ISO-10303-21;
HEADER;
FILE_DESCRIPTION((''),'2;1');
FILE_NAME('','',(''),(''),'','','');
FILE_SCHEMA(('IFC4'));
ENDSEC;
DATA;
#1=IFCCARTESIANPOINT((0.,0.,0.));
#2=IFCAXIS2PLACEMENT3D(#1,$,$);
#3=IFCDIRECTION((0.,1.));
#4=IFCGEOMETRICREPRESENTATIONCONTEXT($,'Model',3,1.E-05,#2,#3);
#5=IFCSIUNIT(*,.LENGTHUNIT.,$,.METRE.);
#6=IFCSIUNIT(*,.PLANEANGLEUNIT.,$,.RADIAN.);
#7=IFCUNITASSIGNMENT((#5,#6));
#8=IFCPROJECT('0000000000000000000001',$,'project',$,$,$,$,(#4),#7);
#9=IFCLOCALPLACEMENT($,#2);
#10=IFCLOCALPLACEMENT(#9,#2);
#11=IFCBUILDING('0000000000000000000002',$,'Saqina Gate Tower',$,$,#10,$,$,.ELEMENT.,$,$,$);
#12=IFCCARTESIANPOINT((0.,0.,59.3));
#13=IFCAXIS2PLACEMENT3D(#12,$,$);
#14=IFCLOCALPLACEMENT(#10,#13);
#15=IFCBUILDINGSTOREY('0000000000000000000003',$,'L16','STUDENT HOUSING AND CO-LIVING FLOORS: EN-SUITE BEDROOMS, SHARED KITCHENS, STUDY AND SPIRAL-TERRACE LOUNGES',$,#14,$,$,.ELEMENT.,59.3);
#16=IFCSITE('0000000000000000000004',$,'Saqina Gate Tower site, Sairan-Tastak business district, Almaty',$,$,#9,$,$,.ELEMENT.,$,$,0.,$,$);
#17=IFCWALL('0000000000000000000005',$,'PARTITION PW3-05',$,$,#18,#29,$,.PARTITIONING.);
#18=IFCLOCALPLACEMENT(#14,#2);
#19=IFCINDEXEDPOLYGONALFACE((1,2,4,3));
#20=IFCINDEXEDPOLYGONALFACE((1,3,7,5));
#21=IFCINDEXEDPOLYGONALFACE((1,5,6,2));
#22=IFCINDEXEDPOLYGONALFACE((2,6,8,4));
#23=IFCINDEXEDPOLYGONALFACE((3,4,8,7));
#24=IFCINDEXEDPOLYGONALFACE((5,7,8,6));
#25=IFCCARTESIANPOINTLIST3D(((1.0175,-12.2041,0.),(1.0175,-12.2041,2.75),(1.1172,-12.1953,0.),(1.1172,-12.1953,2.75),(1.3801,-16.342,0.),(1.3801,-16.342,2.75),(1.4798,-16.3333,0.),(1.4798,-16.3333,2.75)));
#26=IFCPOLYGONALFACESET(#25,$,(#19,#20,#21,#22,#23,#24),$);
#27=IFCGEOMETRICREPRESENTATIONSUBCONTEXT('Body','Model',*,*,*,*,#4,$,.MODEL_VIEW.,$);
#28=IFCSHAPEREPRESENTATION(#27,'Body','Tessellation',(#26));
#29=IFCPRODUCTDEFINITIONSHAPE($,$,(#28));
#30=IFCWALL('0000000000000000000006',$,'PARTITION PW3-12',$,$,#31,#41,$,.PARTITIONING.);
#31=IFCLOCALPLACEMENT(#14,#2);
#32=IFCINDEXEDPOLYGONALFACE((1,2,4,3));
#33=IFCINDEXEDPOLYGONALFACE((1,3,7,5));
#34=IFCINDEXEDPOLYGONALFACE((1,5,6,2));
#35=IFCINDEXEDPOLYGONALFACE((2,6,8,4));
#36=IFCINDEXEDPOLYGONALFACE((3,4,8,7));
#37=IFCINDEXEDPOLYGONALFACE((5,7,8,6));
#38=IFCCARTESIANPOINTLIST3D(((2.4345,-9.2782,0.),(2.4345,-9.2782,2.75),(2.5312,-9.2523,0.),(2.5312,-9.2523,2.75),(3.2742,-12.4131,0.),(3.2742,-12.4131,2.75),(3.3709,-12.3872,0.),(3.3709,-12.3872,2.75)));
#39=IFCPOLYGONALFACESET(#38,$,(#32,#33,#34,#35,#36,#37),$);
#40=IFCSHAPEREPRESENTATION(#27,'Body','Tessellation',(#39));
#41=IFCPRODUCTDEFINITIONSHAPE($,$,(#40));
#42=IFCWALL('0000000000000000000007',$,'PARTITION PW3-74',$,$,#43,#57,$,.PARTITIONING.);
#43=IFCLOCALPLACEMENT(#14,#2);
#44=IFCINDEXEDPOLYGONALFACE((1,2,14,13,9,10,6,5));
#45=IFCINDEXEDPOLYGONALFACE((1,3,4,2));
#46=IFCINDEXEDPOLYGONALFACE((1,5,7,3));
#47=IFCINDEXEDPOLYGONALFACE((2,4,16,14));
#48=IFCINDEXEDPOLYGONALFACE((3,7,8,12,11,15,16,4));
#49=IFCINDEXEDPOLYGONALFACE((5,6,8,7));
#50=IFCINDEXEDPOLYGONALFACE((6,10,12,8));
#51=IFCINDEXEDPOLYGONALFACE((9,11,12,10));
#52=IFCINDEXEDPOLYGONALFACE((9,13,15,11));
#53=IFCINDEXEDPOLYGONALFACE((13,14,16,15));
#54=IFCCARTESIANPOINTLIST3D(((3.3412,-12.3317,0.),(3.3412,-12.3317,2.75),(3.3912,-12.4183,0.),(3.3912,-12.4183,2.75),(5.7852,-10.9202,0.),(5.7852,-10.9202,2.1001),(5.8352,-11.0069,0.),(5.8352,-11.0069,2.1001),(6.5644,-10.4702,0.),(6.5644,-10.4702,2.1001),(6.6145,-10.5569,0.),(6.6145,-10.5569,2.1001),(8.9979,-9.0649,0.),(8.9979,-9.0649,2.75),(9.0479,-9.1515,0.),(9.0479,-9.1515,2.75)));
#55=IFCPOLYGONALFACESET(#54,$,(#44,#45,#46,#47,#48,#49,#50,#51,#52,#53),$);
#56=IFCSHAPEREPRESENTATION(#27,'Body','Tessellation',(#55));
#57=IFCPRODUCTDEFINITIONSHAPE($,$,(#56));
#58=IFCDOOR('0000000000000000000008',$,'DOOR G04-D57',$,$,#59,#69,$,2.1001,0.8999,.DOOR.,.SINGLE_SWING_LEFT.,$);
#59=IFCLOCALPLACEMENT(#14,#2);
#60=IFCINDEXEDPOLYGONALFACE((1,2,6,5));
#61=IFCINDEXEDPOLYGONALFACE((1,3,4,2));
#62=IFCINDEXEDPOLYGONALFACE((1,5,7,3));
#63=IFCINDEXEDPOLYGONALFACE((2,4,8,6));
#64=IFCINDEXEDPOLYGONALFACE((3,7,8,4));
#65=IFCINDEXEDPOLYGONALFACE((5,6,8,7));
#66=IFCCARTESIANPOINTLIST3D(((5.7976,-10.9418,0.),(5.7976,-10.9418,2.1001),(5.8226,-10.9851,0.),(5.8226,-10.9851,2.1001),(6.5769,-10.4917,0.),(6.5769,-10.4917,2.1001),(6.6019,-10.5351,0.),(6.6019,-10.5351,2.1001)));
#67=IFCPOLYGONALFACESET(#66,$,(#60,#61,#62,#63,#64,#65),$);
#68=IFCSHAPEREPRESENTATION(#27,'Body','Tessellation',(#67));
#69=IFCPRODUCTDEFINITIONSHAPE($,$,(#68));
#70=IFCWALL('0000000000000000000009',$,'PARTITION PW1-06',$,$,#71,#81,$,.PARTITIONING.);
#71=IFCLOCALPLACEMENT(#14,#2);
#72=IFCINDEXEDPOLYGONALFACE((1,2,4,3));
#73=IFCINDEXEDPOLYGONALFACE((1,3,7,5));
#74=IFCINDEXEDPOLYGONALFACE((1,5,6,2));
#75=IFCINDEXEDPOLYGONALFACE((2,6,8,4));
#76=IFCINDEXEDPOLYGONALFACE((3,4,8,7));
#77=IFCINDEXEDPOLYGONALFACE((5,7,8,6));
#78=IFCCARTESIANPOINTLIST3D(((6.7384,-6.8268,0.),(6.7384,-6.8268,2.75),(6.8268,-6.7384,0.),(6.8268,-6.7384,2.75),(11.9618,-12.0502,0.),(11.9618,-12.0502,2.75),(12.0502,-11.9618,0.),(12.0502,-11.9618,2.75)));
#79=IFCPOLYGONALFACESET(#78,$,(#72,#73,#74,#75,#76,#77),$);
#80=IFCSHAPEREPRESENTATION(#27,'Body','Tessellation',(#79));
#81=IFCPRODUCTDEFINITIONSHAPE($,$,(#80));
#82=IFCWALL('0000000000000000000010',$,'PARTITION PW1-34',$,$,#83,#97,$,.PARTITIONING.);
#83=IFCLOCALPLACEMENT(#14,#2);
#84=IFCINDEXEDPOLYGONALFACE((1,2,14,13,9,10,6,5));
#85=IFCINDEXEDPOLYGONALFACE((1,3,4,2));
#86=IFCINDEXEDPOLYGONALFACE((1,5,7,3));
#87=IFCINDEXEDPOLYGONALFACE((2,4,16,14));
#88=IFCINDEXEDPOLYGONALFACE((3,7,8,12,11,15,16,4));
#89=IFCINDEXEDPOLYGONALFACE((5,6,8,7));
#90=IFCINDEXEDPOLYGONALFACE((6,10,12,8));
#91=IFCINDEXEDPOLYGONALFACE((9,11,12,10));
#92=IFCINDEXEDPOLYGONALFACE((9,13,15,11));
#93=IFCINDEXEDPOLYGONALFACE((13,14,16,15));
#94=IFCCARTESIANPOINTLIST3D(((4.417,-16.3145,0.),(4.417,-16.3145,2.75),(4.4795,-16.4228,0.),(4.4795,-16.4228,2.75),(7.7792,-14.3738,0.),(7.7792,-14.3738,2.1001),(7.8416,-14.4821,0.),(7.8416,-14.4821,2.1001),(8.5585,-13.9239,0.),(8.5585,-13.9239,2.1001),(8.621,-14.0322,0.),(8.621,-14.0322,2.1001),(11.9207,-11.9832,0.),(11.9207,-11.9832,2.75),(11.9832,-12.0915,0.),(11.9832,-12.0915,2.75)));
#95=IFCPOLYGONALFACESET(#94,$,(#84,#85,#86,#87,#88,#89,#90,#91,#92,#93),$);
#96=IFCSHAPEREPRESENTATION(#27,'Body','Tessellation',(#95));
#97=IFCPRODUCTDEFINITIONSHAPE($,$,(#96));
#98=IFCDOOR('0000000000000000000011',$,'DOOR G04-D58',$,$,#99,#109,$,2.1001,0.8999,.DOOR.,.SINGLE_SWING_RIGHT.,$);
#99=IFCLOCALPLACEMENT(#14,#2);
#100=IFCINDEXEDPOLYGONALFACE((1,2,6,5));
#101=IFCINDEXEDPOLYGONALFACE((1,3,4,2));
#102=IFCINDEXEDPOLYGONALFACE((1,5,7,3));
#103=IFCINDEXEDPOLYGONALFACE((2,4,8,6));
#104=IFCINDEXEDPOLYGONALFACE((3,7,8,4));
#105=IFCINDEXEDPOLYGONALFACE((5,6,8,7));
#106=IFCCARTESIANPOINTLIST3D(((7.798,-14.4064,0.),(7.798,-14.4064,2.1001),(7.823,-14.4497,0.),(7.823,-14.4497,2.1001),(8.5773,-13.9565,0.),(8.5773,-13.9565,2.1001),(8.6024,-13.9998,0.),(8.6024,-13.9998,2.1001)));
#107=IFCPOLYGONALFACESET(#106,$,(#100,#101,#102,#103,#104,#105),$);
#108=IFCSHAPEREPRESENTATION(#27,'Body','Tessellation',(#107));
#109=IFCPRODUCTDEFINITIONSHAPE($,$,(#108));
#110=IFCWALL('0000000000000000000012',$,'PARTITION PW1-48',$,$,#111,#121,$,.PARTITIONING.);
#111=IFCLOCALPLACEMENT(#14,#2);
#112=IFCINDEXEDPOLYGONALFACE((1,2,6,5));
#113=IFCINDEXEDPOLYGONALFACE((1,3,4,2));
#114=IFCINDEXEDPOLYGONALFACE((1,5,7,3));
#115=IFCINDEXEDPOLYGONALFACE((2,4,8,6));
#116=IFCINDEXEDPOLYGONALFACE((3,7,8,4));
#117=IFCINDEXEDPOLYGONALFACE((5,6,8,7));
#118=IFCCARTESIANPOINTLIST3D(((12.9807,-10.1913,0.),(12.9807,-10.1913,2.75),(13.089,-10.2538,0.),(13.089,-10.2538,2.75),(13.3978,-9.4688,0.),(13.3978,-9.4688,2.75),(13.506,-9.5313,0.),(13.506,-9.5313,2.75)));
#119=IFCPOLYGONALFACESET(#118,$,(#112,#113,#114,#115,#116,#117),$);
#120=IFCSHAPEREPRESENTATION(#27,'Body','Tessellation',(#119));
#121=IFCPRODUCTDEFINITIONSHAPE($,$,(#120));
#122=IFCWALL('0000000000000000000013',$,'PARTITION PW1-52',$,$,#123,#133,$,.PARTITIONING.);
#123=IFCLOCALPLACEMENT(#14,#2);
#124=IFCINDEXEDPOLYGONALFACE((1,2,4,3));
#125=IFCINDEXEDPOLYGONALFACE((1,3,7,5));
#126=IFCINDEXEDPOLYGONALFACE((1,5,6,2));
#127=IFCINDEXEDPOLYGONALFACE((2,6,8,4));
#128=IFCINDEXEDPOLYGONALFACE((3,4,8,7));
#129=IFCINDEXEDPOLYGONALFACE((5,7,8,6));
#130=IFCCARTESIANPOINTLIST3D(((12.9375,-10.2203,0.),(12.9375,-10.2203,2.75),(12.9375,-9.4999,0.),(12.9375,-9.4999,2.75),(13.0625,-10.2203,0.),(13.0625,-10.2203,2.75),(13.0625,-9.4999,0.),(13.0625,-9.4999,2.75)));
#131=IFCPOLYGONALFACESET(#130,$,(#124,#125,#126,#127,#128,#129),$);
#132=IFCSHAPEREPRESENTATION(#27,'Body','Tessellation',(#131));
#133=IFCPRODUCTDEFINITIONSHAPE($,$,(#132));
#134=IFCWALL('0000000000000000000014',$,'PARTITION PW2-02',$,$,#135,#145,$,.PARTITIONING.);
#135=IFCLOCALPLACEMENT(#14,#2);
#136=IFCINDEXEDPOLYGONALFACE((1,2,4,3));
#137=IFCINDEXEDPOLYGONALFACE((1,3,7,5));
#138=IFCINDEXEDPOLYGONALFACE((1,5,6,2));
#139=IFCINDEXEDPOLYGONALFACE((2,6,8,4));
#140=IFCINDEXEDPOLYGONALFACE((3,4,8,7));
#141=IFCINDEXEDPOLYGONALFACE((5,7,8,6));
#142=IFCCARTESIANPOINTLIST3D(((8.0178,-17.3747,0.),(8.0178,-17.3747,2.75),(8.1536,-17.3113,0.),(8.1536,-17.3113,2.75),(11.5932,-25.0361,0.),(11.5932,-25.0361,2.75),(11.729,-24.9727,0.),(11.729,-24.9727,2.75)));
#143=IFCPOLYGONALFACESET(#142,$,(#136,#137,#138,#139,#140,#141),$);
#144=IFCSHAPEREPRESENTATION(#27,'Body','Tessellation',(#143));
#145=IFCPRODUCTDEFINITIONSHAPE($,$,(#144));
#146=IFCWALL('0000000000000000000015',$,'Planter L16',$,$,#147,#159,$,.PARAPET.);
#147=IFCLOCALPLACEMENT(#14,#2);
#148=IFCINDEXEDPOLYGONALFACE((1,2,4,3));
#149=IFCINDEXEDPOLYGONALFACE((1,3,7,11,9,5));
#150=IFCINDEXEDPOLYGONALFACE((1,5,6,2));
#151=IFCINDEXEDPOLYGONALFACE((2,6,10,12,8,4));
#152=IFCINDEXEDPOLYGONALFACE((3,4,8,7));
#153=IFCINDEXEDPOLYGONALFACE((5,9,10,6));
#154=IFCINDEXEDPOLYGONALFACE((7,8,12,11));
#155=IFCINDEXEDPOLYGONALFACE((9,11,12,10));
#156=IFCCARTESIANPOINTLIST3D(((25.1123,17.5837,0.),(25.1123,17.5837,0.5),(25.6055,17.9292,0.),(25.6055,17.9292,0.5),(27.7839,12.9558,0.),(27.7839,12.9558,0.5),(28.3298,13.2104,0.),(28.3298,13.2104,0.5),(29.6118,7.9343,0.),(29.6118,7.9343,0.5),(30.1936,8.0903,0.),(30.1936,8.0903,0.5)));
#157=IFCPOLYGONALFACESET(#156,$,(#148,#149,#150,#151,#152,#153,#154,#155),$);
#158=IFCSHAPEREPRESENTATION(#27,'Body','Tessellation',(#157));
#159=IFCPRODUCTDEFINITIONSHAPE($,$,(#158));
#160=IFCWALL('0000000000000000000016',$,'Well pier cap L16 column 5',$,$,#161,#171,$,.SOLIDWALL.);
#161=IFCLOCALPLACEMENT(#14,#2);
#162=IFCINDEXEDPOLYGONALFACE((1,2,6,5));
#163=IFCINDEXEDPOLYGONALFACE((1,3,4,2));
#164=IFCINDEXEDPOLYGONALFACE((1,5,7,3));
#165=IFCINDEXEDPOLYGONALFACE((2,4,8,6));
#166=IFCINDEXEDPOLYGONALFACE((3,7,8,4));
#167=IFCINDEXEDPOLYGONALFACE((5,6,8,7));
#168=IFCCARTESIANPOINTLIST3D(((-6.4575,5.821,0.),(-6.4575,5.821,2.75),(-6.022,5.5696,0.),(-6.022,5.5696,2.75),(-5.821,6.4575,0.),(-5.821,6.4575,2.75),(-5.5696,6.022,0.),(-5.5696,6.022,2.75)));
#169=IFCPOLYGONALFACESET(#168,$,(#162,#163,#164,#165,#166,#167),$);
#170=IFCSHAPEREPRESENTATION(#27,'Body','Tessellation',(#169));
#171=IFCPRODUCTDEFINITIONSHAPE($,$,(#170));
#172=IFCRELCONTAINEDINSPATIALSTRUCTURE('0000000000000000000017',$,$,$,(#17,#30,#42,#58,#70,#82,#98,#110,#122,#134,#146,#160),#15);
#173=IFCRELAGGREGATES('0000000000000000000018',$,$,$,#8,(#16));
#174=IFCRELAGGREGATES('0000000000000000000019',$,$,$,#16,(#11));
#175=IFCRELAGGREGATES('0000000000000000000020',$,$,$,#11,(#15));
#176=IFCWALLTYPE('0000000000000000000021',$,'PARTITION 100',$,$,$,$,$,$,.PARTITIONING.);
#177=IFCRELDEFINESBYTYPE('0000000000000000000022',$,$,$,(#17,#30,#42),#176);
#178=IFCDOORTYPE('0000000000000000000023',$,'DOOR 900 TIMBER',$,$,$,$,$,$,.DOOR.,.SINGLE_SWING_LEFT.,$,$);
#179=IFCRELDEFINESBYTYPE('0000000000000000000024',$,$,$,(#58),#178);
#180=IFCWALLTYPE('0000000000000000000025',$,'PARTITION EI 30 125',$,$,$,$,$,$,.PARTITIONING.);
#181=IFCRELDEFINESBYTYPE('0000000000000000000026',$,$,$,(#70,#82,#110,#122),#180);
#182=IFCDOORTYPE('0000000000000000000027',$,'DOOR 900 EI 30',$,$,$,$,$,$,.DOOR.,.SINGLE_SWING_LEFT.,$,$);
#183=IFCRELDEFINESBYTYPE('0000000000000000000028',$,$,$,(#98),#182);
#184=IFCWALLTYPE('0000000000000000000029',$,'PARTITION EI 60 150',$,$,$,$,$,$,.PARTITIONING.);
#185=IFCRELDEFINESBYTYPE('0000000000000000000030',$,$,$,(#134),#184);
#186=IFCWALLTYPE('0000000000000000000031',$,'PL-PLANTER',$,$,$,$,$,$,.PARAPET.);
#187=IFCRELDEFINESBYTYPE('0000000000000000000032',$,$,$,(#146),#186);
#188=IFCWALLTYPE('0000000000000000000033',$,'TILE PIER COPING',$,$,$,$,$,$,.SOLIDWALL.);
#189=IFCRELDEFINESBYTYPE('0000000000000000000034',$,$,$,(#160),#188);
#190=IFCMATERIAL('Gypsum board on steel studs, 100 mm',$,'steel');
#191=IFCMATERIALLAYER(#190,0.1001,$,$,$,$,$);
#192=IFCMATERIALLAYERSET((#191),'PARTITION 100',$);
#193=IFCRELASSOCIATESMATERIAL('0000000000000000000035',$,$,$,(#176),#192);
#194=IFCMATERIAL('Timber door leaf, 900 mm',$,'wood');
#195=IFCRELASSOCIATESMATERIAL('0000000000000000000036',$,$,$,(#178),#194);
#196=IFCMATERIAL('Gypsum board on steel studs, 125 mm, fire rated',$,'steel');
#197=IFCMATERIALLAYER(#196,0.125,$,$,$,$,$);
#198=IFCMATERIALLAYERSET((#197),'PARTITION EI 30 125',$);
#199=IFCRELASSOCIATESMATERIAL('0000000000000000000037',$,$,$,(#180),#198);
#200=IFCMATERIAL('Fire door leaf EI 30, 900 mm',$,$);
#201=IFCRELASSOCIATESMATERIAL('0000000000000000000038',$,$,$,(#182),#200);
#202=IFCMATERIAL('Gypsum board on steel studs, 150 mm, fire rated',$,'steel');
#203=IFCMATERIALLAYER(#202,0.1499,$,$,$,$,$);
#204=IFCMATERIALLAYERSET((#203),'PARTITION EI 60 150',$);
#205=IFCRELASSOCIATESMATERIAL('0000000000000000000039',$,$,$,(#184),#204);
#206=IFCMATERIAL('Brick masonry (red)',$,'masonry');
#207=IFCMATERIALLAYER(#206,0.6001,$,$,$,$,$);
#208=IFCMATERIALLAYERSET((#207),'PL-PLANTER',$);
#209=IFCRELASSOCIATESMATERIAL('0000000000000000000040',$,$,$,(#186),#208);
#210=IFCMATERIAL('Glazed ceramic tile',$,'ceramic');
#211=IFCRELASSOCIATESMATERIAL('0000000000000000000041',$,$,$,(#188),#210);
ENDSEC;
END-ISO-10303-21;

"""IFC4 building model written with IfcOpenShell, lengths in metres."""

from ifc_helpers import new_model, si_unit, direction, frame, frame_2d, origin, place, context, subcontext, project, spatial, polyline, rectangle, outline, extrude, material, layer, layer_set, type_object, element, fill, save


model = new_model("IFC4")

# Units and contexts
model_context = context("Model", 3, precision=1e-05, world=origin(), true_north=direction((0.0, 1.0)))
body_context = subcontext(model_context, "Body", "Model", "MODEL_VIEW")
ifc_project = project(units=[si_unit("LENGTHUNIT", "METRE"), si_unit("PLANEANGLEUNIT", "RADIAN")], contexts=[model_context])

# Site, building, storey
site_placement = place(None, origin())
site = spatial("IfcSite", under=ifc_project, at=site_placement, Name="Saqina Gate Tower site, Sairan-Tastak business district, Almaty", CompositionType="ELEMENT", RefElevation=0.0)
building_placement = place(site_placement, origin())
building = spatial("IfcBuilding", under=site, at=building_placement, Name="Saqina Gate Tower", CompositionType="ELEMENT")
storey_placement = place(building_placement, frame((0.0, 0.0, 59.3)))
storey = spatial("IfcBuildingStorey", under=building, at=storey_placement, Name="L16", Description="STUDENT HOUSING AND CO-LIVING FLOORS: EN-SUITE BEDROOMS, SHARED KITCHENS, STUDY AND SPIRAL-TERRACE LOUNGES", CompositionType="ELEMENT", Elevation=59.3)

# Walls
ifc_material_1 = material(Name="Gypsum board on steel studs, 100 mm", Category="steel")
ifc_layer_1 = layer(ifc_material_1, 0.1001)
ifc_layer_set_1 = layer_set([ifc_layer_1], Name="PARTITION 100")
wall_type_1 = type_object("IfcWallType", Name="PARTITION 100", PredefinedType="PARTITIONING", material=ifc_layer_set_1)
wall_1_placement = place(storey_placement, frame((1.0674, -12.1997, 0.0), z_axis=(0.0, 0.0, 1.0), x_axis=(0.087281, -0.996184, 0.0)))
element("IfcWall", 1, at=wall_1_placement, inside=storey, type_object=wall_type_1, Name="PARTITION PW3-05", PredefinedType="PARTITIONING", context=body_context, shape_type="SweptSolid", body=[
    extrude(rectangle(XDim=4.1538, YDim=0.1001, at=frame_2d((2.0769, 0.0))), origin(), (0.0, 0.0, 1.0), 2.75),
])
wall_2_placement = place(storey_placement, frame((2.4829, -9.2654, 0.0), z_axis=(0.0, 0.0, 1.0), x_axis=(0.258716, -0.965953, 0.0)))
element("IfcWall", 2, at=wall_2_placement, inside=storey, type_object=wall_type_1, Name="PARTITION PW3-12", PredefinedType="PARTITIONING", context=body_context, shape_type="SweptSolid", body=[
    extrude(rectangle(XDim=3.2454, YDim=0.1001, at=frame_2d((1.6226, 0.0))), origin(), (0.0, 0.0, 1.0), 2.75),
])

# Wall, opening, door
wall_3_placement = place(storey_placement, frame((3.3662, -12.375, 0.0), z_axis=(0.0, 0.0, 1.0), x_axis=(0.865964, 0.500106, 0.0)))
wall_3 = element("IfcWall", 3, at=wall_3_placement, inside=storey, type_object=wall_type_1, Name="PARTITION PW3-74", PredefinedType="PARTITIONING", context=body_context, shape_type="SweptSolid", body=[
    extrude(rectangle(XDim=6.5322, YDim=0.1001, at=frame_2d((3.2661, 0.0))), origin(), (0.0, 0.0, 1.0), 2.75),
])
opening_1_placement = place(wall_3_placement, frame((2.8223, 0.0, 0.0)))
opening_1 = element("IfcOpeningElement", 4, at=opening_1_placement, cuts=wall_3, PredefinedType="OPENING", context=body_context, shape_type="SweptSolid", body=[
    extrude(rectangle(XDim=0.8999, YDim=2.1001, at=frame_2d((0.45, 1.05))), frame((0.0, 0.062, 0.0), z_axis=(0.0, -1.0, 0.0), x_axis=(1.0, 0.0, 0.0)), (0.0, 0.0, 1.0), 0.124),
])
ifc_material_2 = material(Name="Timber door leaf, 900 mm", Category="wood")
door_type_1 = type_object("IfcDoorType", Name="DOOR 900 TIMBER", OperationType="SINGLE_SWING_LEFT", PredefinedType="DOOR", material=ifc_material_2)
door_1_placement = place(opening_1_placement, frame((0.8999, 0.0, 0.0), z_axis=(0.0, 0.0, 1.0), x_axis=(-1.0, 0.0, 0.0)))
door_1 = element("IfcDoor", 5, at=door_1_placement, inside=storey, type_object=door_type_1, Name="DOOR G04-D57", OperationType="SINGLE_SWING_LEFT", OverallHeight=2.1001, OverallWidth=0.8999, PredefinedType="DOOR", context=body_context, shape_type="SweptSolid", body=[
    extrude(rectangle(XDim=0.8999, YDim=2.1001, at=frame_2d((0.45, 1.05))), frame((0.0, 0.0249, 0.0), z_axis=(0.0, -1.0, 0.0), x_axis=(1.0, 0.0, 0.0)), (0.0, 0.0, 1.0), 0.05),
])
fill(opening_1, door_1)

# Wall
ifc_material_3 = material(Name="Gypsum board on steel studs, 125 mm, fire rated", Category="steel")
ifc_layer_2 = layer(ifc_material_3, 0.125)
ifc_layer_set_2 = layer_set([ifc_layer_2], Name="PARTITION EI 30 125")
wall_type_2 = type_object("IfcWallType", Name="PARTITION EI 30 125", PredefinedType="PARTITIONING", material=ifc_layer_set_2)
wall_4_placement = place(storey_placement, frame((6.7827, -6.7827, 0.0), z_axis=(0.0, 0.0, 1.0), x_axis=(0.707107, -0.707107, 0.0)))
element("IfcWall", 6, at=wall_4_placement, inside=storey, type_object=wall_type_2, Name="PARTITION PW1-06", PredefinedType="PARTITIONING", context=body_context, shape_type="SweptSolid", body=[
    extrude(rectangle(XDim=7.387, YDim=0.125, at=frame_2d((3.6934, 0.0))), origin(), (0.0, 0.0, 1.0), 2.75),
])

# Wall, opening, door
wall_5_placement = place(storey_placement, frame((4.4482, -16.3687, 0.0), z_axis=(0.0, 0.0, 1.0), x_axis=(0.866073, 0.499918, 0.0)))
wall_5 = element("IfcWall", 7, at=wall_5_placement, inside=storey, type_object=wall_type_2, Name="PARTITION PW1-34", PredefinedType="PARTITIONING", context=body_context, shape_type="SweptSolid", body=[
    extrude(rectangle(XDim=8.6641, YDim=0.125, at=frame_2d((4.332, 0.0))), origin(), (0.0, 0.0, 1.0), 2.75),
])
opening_2_placement = place(wall_5_placement, frame((3.8821, 0.0, 0.0)))
opening_2 = element("IfcOpeningElement", 8, at=opening_2_placement, cuts=wall_5, PredefinedType="OPENING", context=body_context, shape_type="SweptSolid", body=[
    extrude(rectangle(XDim=0.8999, YDim=2.1001, at=frame_2d((0.45, 1.05))), frame((0.0, 0.0745, 0.0), z_axis=(0.0, -1.0, 0.0), x_axis=(1.0, 0.0, 0.0)), (0.0, 0.0, 1.0), 0.1489),
])
ifc_material_4 = material(Name="Fire door leaf EI 30, 900 mm")
door_type_2 = type_object("IfcDoorType", Name="DOOR 900 EI 30", OperationType="SINGLE_SWING_LEFT", PredefinedType="DOOR", material=ifc_material_4)
door_2_placement = place(opening_2_placement, origin())
door_2 = element("IfcDoor", 9, at=door_2_placement, inside=storey, type_object=door_type_2, Name="DOOR G04-D58", OperationType="SINGLE_SWING_RIGHT", OverallHeight=2.1001, OverallWidth=0.8999, PredefinedType="DOOR", context=body_context, shape_type="SweptSolid", body=[
    extrude(rectangle(XDim=0.8999, YDim=2.1001, at=frame_2d((0.45, 1.05))), frame((0.0, 0.0249, 0.0), z_axis=(0.0, -1.0, 0.0), x_axis=(1.0, 0.0, 0.0)), (0.0, 0.0, 1.0), 0.05),
])
fill(opening_2, door_2)

# Walls
wall_6_placement = place(storey_placement, frame((13.0349, -10.2224, 0.0), z_axis=(0.0, 0.0, 1.0), x_axis=(0.499917, 0.866073, 0.0)))
element("IfcWall", 10, at=wall_6_placement, inside=storey, type_object=wall_type_2, Name="PARTITION PW1-48", PredefinedType="PARTITIONING", context=body_context, shape_type="SweptSolid", body=[
    extrude(rectangle(XDim=0.8342, YDim=0.125, at=frame_2d((0.417, 0.0))), origin(), (0.0, 0.0, 1.0), 2.75),
])
wall_7_placement = place(storey_placement, frame((13.0, -10.2205, 0.0), z_axis=(0.0, 0.0, 1.0), x_axis=(0.0, 1.0, 0.0)))
element("IfcWall", 11, at=wall_7_placement, inside=storey, type_object=wall_type_2, Name="PARTITION PW1-52", PredefinedType="PARTITIONING", context=body_context, shape_type="SweptSolid", body=[
    extrude(rectangle(XDim=0.7205, YDim=0.125, at=frame_2d((0.3604, 0.0))), origin(), (0.0, 0.0, 1.0), 2.75),
])
ifc_material_5 = material(Name="Gypsum board on steel studs, 150 mm, fire rated", Category="steel")
ifc_layer_3 = layer(ifc_material_5, 0.1499)
ifc_layer_set_3 = layer_set([ifc_layer_3], Name="PARTITION EI 60 150")
wall_type_3 = type_object("IfcWallType", Name="PARTITION EI 60 150", PredefinedType="PARTITIONING", material=ifc_layer_set_3)
wall_8_placement = place(storey_placement, frame((8.0857, -17.343, 0.0), z_axis=(0.0, 0.0, 1.0), x_axis=(0.422898, -0.906177, 0.0)))
element("IfcWall", 12, at=wall_8_placement, inside=storey, type_object=wall_type_3, Name="PARTITION PW2-02", PredefinedType="PARTITIONING", context=body_context, shape_type="SweptSolid", body=[
    extrude(rectangle(XDim=8.4546, YDim=0.1499, at=frame_2d((4.2273, 0.0))), origin(), (0.0, 0.0, 1.0), 2.75),
])
ifc_material_6 = material(Name="Brick masonry (red)", Category="masonry")
ifc_layer_4 = layer(ifc_material_6, 0.6001)
ifc_layer_set_4 = layer_set([ifc_layer_4], Name="PL-PLANTER")
wall_type_4 = type_object("IfcWallType", Name="PL-PLANTER", PredefinedType="PARAPET", material=ifc_layer_set_4)
wall_9_placement = place(storey_placement, origin())
element("IfcWall", 13, at=wall_9_placement, inside=storey, type_object=wall_type_4, Name="Planter L16", PredefinedType="PARAPET", context=body_context, shape_type="SweptSolid", body=[
    extrude(outline(polyline([(30.1936, 8.0903), (28.3298, 13.2104), (25.6055, 17.9292), (25.1123, 17.5837), (27.7839, 12.9558), (29.6118, 7.9343), (30.1936, 8.0903)])), origin(), (0.0, 0.0, 1.0), 0.5),
])
ifc_material_7 = material(Name="Glazed ceramic tile", Category="ceramic")
wall_type_5 = type_object("IfcWallType", Name="TILE PIER COPING", PredefinedType="SOLIDWALL", material=ifc_material_7)
wall_10_placement = place(storey_placement, origin())
element("IfcWall", 14, at=wall_10_placement, inside=storey, type_object=wall_type_5, Name="Well pier cap L16 column 5", PredefinedType="SOLIDWALL", context=body_context, shape_type="SweptSolid", body=[
    extrude(outline(polyline([(-6.4575, 5.821), (-6.022, 5.5696), (-5.5696, 6.022), (-5.821, 6.4575), (-6.4575, 5.821)])), origin(), (0.0, 0.0, 1.0), 2.75),
])

save(model, "model.ifc")
